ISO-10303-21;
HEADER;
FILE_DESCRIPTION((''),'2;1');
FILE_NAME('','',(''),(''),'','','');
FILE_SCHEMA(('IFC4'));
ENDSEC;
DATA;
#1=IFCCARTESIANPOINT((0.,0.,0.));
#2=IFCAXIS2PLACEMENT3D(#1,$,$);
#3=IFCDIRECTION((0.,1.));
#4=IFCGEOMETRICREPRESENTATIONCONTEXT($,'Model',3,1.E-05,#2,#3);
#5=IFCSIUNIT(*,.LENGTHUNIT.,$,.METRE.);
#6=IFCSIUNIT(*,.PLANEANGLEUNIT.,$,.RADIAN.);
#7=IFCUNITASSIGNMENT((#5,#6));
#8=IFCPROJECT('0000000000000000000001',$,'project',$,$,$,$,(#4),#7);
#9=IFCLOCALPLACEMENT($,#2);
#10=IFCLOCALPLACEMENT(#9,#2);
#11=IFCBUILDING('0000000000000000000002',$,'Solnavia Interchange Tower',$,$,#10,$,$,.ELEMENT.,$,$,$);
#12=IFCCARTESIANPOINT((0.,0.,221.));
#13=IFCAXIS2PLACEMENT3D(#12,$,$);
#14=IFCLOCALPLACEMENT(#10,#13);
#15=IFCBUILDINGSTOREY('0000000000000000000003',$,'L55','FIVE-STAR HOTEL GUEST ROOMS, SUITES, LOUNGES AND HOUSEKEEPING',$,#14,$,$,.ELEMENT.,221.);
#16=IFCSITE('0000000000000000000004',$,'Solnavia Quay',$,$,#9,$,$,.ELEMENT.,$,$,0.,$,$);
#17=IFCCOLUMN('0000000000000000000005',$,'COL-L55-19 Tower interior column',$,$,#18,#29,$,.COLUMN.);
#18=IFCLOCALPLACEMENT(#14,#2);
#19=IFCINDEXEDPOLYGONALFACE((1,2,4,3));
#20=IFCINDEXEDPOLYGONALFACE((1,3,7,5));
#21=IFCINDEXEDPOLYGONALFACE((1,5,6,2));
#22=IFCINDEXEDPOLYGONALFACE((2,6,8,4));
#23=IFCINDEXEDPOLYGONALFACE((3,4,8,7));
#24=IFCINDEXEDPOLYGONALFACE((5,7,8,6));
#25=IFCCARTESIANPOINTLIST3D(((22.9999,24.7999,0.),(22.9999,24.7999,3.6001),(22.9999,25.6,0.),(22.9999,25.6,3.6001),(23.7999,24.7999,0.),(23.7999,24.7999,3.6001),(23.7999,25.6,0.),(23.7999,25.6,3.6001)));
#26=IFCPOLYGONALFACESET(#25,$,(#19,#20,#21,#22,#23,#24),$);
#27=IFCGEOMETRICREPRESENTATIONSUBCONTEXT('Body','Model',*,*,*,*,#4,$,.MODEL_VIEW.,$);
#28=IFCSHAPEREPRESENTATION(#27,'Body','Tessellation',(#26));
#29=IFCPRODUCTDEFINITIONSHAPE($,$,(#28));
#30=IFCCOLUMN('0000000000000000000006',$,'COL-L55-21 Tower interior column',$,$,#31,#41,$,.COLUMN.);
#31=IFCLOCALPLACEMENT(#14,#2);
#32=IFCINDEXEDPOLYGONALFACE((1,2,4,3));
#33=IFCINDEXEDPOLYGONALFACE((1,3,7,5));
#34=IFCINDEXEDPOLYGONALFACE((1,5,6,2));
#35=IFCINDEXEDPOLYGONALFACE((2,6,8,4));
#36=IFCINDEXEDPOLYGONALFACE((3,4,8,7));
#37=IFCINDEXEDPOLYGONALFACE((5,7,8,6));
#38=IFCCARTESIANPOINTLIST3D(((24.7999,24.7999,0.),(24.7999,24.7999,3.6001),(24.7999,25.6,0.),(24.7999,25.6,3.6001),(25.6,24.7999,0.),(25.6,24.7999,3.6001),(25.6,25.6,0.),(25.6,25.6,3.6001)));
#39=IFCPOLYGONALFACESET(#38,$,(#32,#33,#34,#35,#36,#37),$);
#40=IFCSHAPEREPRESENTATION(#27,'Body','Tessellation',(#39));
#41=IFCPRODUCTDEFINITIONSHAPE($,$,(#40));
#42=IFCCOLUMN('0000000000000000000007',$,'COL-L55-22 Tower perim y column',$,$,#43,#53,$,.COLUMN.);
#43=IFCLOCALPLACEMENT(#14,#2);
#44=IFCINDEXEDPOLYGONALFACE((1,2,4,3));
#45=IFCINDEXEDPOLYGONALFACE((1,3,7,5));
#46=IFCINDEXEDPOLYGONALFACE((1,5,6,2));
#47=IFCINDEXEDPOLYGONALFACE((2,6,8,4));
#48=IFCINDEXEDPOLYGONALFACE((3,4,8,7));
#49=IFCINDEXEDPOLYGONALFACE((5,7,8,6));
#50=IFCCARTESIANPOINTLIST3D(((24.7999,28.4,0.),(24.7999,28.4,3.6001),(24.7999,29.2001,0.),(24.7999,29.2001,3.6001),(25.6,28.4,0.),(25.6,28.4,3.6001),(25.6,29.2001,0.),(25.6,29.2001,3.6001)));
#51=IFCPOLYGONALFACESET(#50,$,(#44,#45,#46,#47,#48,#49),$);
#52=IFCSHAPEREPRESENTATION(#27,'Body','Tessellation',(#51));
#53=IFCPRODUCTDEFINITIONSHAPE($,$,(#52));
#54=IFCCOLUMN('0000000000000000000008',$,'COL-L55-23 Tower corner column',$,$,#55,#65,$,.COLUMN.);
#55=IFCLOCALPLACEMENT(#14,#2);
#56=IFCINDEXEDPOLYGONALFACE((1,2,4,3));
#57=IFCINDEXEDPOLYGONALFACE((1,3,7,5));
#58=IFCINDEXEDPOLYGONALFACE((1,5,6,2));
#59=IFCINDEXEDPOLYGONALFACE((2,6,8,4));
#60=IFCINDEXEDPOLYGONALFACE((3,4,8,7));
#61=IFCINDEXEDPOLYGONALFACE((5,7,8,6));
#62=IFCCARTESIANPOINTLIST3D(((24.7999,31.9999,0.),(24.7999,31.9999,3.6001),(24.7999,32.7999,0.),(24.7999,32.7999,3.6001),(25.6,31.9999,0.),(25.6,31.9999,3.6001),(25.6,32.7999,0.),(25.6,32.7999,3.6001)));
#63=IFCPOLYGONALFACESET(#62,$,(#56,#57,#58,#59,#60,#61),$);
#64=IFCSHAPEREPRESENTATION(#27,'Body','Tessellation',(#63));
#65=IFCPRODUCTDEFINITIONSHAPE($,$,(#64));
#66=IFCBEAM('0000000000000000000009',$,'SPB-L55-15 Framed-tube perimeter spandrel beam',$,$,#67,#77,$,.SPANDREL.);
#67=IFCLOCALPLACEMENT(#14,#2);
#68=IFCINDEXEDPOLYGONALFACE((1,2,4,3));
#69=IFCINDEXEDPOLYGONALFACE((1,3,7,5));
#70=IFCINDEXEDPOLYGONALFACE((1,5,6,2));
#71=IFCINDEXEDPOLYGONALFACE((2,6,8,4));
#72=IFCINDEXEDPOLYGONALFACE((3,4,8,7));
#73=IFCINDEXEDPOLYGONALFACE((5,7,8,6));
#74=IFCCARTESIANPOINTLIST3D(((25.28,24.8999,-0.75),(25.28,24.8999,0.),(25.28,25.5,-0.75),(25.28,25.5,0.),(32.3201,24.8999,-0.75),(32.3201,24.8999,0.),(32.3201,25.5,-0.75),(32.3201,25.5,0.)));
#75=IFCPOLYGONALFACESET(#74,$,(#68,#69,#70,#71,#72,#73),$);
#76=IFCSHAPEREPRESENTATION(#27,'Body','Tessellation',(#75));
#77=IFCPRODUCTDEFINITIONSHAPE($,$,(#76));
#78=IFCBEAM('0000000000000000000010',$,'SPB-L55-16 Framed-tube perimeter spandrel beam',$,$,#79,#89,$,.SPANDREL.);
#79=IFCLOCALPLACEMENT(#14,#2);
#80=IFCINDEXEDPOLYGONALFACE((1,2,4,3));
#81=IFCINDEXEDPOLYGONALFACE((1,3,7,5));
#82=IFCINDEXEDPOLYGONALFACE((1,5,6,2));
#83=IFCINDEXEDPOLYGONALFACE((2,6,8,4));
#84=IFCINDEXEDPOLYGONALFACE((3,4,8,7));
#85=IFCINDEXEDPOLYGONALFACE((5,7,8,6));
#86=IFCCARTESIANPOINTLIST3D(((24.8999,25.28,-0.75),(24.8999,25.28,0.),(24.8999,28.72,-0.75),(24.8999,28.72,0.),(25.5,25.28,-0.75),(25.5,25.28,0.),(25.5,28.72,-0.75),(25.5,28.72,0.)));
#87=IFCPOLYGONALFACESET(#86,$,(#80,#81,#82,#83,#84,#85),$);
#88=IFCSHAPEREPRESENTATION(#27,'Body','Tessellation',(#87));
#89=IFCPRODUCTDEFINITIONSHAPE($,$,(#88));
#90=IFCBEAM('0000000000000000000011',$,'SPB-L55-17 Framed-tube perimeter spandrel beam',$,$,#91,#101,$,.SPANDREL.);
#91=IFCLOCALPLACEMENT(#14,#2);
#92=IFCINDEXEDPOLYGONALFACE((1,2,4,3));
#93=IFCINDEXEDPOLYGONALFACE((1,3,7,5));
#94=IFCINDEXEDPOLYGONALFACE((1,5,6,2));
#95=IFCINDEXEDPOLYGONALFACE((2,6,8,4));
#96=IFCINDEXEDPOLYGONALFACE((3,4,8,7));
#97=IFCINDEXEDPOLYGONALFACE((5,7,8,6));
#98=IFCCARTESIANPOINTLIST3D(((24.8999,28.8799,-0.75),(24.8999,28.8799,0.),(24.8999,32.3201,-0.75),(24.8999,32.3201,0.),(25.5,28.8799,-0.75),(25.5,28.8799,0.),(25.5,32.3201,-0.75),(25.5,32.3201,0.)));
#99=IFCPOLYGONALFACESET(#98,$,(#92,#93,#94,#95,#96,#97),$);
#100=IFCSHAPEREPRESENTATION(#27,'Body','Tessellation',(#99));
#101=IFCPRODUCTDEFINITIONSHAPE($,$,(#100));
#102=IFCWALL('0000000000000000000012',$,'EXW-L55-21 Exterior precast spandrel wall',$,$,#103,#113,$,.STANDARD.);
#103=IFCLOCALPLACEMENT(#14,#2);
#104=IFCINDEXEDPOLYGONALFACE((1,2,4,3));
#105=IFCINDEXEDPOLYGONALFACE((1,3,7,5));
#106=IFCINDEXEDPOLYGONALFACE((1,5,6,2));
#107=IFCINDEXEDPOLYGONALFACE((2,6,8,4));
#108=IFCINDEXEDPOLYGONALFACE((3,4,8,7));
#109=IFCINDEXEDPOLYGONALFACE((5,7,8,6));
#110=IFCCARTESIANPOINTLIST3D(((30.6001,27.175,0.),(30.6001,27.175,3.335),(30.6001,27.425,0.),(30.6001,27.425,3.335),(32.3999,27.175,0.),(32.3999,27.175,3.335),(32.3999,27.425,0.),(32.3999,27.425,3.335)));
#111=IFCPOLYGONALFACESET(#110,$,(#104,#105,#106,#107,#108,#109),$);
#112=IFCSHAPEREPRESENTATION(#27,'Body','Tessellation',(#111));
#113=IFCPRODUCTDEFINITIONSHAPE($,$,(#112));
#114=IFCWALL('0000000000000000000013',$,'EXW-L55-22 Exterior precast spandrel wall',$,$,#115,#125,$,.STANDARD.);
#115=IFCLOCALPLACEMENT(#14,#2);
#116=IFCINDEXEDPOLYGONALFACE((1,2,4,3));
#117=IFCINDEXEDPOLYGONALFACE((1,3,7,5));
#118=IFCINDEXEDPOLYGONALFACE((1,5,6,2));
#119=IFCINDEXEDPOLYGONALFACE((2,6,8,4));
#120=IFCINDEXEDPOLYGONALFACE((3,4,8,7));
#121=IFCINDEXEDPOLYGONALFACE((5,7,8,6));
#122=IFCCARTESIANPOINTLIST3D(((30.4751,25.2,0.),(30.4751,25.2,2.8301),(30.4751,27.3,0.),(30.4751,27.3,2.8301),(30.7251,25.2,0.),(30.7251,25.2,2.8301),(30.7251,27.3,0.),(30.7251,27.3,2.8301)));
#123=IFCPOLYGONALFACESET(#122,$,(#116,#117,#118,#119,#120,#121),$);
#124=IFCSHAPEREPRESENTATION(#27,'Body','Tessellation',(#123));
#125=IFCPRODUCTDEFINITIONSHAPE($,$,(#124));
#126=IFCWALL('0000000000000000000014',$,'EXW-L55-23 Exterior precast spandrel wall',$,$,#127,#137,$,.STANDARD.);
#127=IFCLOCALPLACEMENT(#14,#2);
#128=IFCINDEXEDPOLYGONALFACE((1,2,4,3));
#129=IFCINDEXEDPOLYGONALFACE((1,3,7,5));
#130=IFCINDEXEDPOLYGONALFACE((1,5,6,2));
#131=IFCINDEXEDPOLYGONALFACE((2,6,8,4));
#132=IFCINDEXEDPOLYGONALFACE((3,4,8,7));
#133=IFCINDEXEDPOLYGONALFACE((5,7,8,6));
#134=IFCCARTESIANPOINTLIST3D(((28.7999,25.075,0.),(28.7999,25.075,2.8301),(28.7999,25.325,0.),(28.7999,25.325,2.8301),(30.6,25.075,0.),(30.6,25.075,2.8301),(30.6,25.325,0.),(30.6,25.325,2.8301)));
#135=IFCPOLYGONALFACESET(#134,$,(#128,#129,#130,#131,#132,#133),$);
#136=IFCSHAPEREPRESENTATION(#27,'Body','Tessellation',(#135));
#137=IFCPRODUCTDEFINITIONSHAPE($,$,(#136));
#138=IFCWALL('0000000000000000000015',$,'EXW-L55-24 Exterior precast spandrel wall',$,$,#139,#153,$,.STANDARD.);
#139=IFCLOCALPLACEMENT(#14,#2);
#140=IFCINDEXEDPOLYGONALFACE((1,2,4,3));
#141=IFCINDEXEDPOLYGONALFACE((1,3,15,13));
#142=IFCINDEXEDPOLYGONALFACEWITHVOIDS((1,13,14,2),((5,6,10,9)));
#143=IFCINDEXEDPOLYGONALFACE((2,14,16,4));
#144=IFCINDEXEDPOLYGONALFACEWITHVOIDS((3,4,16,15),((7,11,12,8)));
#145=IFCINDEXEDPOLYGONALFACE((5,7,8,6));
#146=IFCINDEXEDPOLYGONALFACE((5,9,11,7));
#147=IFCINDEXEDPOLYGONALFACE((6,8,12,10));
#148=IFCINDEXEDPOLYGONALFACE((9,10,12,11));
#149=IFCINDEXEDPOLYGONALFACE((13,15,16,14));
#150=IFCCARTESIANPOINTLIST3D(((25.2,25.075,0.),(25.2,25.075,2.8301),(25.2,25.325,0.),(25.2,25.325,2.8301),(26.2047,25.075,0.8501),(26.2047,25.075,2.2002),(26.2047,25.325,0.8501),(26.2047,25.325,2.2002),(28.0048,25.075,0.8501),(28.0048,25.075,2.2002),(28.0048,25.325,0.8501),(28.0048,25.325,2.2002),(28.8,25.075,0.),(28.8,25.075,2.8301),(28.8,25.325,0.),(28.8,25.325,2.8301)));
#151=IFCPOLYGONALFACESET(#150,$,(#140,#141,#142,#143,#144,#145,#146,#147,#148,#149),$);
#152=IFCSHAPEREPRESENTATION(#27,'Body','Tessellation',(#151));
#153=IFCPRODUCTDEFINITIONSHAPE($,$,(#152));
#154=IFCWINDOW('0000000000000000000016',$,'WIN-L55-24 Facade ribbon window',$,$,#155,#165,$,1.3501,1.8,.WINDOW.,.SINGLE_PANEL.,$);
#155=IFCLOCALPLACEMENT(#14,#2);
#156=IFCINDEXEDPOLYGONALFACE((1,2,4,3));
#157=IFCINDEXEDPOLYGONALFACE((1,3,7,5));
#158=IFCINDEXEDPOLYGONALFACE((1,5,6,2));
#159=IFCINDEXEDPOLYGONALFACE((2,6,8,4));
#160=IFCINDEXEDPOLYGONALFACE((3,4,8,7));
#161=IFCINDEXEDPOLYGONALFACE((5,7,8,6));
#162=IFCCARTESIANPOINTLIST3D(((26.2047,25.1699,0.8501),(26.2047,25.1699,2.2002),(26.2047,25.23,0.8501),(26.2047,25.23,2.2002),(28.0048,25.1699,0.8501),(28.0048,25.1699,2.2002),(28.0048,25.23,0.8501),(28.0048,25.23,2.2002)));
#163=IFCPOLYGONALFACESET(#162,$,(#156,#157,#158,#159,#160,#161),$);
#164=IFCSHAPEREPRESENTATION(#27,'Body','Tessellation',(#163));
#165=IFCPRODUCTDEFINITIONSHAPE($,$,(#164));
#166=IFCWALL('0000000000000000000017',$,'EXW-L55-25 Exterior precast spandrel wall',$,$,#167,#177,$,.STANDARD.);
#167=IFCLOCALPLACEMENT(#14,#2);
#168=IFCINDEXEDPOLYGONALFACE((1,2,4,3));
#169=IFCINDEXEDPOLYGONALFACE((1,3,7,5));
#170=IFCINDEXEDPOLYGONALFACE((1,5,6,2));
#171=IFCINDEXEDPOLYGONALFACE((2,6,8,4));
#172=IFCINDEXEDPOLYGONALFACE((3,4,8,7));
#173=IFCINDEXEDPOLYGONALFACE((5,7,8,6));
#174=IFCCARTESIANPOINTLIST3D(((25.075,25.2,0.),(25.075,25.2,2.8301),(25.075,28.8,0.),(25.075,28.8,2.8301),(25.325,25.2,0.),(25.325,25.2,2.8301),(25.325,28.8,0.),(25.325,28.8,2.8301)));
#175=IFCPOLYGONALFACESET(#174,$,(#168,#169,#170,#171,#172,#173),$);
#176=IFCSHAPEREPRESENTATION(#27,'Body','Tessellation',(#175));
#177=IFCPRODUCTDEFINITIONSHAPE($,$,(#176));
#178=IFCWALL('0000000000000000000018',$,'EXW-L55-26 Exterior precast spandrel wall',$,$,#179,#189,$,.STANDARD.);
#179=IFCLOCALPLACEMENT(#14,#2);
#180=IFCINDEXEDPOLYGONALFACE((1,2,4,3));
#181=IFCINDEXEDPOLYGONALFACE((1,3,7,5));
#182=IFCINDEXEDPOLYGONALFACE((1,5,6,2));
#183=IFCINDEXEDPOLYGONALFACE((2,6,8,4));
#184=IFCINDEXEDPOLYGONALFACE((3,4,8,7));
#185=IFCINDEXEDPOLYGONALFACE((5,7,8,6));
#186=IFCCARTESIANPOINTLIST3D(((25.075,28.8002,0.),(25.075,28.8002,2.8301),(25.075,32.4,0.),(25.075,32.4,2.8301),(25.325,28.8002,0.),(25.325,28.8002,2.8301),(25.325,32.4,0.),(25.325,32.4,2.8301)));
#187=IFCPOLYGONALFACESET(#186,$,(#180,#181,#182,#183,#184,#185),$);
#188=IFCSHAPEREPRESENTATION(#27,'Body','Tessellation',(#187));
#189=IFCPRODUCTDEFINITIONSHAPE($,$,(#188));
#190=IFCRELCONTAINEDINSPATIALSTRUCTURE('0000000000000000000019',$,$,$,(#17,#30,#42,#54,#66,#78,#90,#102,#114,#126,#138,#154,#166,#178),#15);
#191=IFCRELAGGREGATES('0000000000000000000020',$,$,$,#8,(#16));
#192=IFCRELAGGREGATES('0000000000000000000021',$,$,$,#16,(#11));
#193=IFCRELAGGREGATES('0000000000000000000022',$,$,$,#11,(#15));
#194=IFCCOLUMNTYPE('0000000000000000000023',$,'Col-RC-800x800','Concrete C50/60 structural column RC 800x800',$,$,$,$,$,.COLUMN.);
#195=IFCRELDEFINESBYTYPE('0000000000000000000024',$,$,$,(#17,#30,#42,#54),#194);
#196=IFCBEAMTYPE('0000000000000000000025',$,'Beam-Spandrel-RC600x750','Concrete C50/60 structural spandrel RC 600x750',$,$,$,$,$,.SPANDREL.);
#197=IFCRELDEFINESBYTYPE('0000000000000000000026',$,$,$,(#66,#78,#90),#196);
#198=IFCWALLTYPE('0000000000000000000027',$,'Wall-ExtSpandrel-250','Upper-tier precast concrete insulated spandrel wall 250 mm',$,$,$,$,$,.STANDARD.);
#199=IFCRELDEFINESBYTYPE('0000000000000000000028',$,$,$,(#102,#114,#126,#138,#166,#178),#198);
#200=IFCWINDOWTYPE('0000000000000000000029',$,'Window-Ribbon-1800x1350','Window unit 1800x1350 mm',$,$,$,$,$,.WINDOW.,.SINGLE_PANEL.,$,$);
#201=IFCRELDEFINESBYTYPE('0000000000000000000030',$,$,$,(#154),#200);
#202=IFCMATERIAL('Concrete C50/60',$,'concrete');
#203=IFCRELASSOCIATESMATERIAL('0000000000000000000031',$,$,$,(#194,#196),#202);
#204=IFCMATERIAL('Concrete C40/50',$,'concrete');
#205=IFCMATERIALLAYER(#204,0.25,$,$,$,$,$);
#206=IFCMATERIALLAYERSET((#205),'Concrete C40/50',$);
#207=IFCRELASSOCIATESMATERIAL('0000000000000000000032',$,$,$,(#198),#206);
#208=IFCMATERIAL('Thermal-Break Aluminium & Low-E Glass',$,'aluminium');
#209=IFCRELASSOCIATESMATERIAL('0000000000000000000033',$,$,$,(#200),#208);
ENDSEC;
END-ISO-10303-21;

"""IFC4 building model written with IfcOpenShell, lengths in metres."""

from ifc_helpers import new_model, si_unit, direction, frame, frame_2d, origin, origin_2d, place, context, subcontext, project, spatial, rectangle, extrude, material, layer, layer_set, material_profile, profile_set, type_object, element, fill, save


model = new_model("IFC4")

# Units and contexts
model_context = context("Model", 3, precision=1e-05, world=origin(), true_north=direction((0.0, 1.0)))
body_context = subcontext(model_context, "Body", "Model", "MODEL_VIEW")
ifc_project = project(units=[si_unit("LENGTHUNIT", "METRE"), si_unit("PLANEANGLEUNIT", "RADIAN")], contexts=[model_context])

# Site, building, storey
site_placement = place(None, origin())
site = spatial("IfcSite", under=ifc_project, at=site_placement, Name="Solnavia Quay", CompositionType="ELEMENT", RefElevation=0.0)
building_placement = place(site_placement, origin())
building = spatial("IfcBuilding", under=site, at=building_placement, Name="Solnavia Interchange Tower", CompositionType="ELEMENT")
storey_placement = place(building_placement, frame((0.0, 0.0, 221.0)))
storey = spatial("IfcBuildingStorey", under=building, at=storey_placement, Name="L55", Description="FIVE-STAR HOTEL GUEST ROOMS, SUITES, LOUNGES AND HOUSEKEEPING", CompositionType="ELEMENT", Elevation=221.0)

# Columns
ifc_material_1 = material(Name="Concrete C50/60", Category="concrete")
ifc_material_profile_1 = material_profile(ifc_material_1, rectangle(XDim=0.8, YDim=0.8, at=origin_2d()), Name="RC 800x800")
ifc_profile_set_1 = profile_set([ifc_material_profile_1], Name="Concrete C50/60")
column_type = type_object("IfcColumnType", Name="Col-RC-800x800", Description="Concrete C50/60 structural column RC 800x800", PredefinedType="COLUMN", material=ifc_profile_set_1)
for number, where, z_axis, x_axis, name in (
    (1, (23.3999, 25.2, 0.0), (0.0, 0.0, 1.0), (1.0, 0.0, 0.0), "COL-L55-19 Tower interior column"),
    (2, (25.2, 25.2, 0.0), (0.0, 0.0, 1.0), (1.0, 0.0, 0.0), "COL-L55-21 Tower interior column"),
    (3, (25.2, 28.8, 0.0), (0.0, 0.0, 1.0), (0.0, 1.0, 0.0), "COL-L55-22 Tower perim y column"),
    (4, (25.2, 32.3999, 0.0), (0.0, 0.0, 1.0), (0.0, 1.0, 0.0), "COL-L55-23 Tower corner column"),
):
    element("IfcColumn", number, at=place(storey_placement, frame(where, z_axis=z_axis, x_axis=x_axis)), inside=storey, type_object=column_type, Name=name, PredefinedType="COLUMN", context=body_context, shape_type="SweptSolid", body=[
        extrude(rectangle(XDim=0.8, YDim=0.8, at=origin_2d()), origin(), (0.0, 0.0, 1.0), 3.6001),
    ])

# Beams
ifc_material_profile_2 = material_profile(ifc_material_1, rectangle(XDim=0.6001, YDim=0.75, at=origin_2d()), Name="RC 600x750")
ifc_profile_set_2 = profile_set([ifc_material_profile_2], Name="Concrete C50/60")
beam_type = type_object("IfcBeamType", Name="Beam-Spandrel-RC600x750", Description="Concrete C50/60 structural spandrel RC 600x750", PredefinedType="SPANDREL", material=ifc_profile_set_2)
beam_1_placement = place(storey_placement, frame((32.3201, 25.2, -0.375), z_axis=(-1.0, 0.0, 0.0), x_axis=(0.0, -1.0, 0.0)))
element("IfcBeam", 5, at=beam_1_placement, inside=storey, type_object=beam_type, Name="SPB-L55-15 Framed-tube perimeter spandrel beam", PredefinedType="SPANDREL", context=body_context, shape_type="SweptSolid", body=[
    extrude(rectangle(XDim=0.6001, YDim=0.75, at=origin_2d()), origin(), (0.0, 0.0, 1.0), 7.04),
])
beam_2_placement = place(storey_placement, frame((25.2, 25.28, -0.375), z_axis=(0.0, 1.0, 0.0), x_axis=(-1.0, 0.0, 0.0)))
element("IfcBeam", 6, at=beam_2_placement, inside=storey, type_object=beam_type, Name="SPB-L55-16 Framed-tube perimeter spandrel beam", PredefinedType="SPANDREL", context=body_context, shape_type="SweptSolid", body=[
    extrude(rectangle(XDim=0.6001, YDim=0.75, at=origin_2d()), origin(), (0.0, 0.0, 1.0), 3.4399),
])
beam_3_placement = place(storey_placement, frame((25.2, 28.8799, -0.375), z_axis=(0.0, 1.0, 0.0), x_axis=(-1.0, 0.0, 0.0)))
element("IfcBeam", 7, at=beam_3_placement, inside=storey, type_object=beam_type, Name="SPB-L55-17 Framed-tube perimeter spandrel beam", PredefinedType="SPANDREL", context=body_context, shape_type="SweptSolid", body=[
    extrude(rectangle(XDim=0.6001, YDim=0.75, at=origin_2d()), origin(), (0.0, 0.0, 1.0), 3.4402),
])

# Walls
ifc_material_2 = material(Name="Concrete C40/50", Category="concrete")
ifc_layer = layer(ifc_material_2, 0.25)
ifc_layer_set = layer_set([ifc_layer], Name="Concrete C40/50")
wall_type = type_object("IfcWallType", Name="Wall-ExtSpandrel-250", Description="Upper-tier precast concrete insulated spandrel wall 250 mm", PredefinedType="STANDARD", material=ifc_layer_set)
wall_1_placement = place(storey_placement, frame((30.6001, 27.3, 0.0), z_axis=(0.0, 0.0, 1.0), x_axis=(1.0, 0.0, 0.0)))
element("IfcWall", 8, at=wall_1_placement, inside=storey, type_object=wall_type, Name="EXW-L55-21 Exterior precast spandrel wall", PredefinedType="STANDARD", context=body_context, shape_type="SweptSolid", body=[
    extrude(rectangle(XDim=1.7998, YDim=0.25, at=frame_2d((0.8999, 0.0))), origin(), (0.0, 0.0, 1.0), 3.335),
])
wall_2_placement = place(storey_placement, frame((30.6001, 27.3, 0.0), z_axis=(0.0, 0.0, 1.0), x_axis=(0.0, -1.0, 0.0)))
element("IfcWall", 9, at=wall_2_placement, inside=storey, type_object=wall_type, Name="EXW-L55-22 Exterior precast spandrel wall", PredefinedType="STANDARD", context=body_context, shape_type="SweptSolid", body=[
    extrude(rectangle(XDim=2.1001, YDim=0.25, at=frame_2d((1.05, 0.0))), origin(), (0.0, 0.0, 1.0), 2.8301),
])
wall_3_placement = place(storey_placement, frame((28.8, 25.2, 0.0), z_axis=(0.0, 0.0, 1.0), x_axis=(1.0, 0.0, 0.0)))
element("IfcWall", 10, at=wall_3_placement, inside=storey, type_object=wall_type, Name="EXW-L55-23 Exterior precast spandrel wall", PredefinedType="STANDARD", context=body_context, shape_type="SweptSolid", body=[
    extrude(rectangle(XDim=1.8, YDim=0.25, at=frame_2d((0.8999, 0.0))), origin(), (0.0, 0.0, 1.0), 2.8301),
])

# Wall, opening, window
wall_4_placement = place(storey_placement, frame((25.2, 25.2, 0.0), z_axis=(0.0, 0.0, 1.0), x_axis=(1.0, 0.0, 0.0)))
wall_4 = element("IfcWall", 11, at=wall_4_placement, inside=storey, type_object=wall_type, Name="EXW-L55-24 Exterior precast spandrel wall", PredefinedType="STANDARD", context=body_context, shape_type="SweptSolid", body=[
    extrude(rectangle(XDim=3.6001, YDim=0.25, at=frame_2d((1.8, 0.0))), origin(), (0.0, 0.0, 1.0), 2.8301),
])
opening_placement = place(wall_4_placement, frame((1.0049, 0.0, 0.8501)))
opening = element("IfcOpeningElement", 12, at=opening_placement, cuts=wall_4, PredefinedType="OPENING", context=body_context, shape_type="SweptSolid", body=[
    extrude(rectangle(XDim=1.8, YDim=1.3501, at=frame_2d((0.8999, 0.675))), frame((0.0, 0.135, 0.0), z_axis=(0.0, -1.0, 0.0), x_axis=(1.0, 0.0, 0.0)), (0.0, 0.0, 1.0), 0.27),
])
ifc_material_3 = material(Name="Thermal-Break Aluminium & Low-E Glass", Category="aluminium")
window_type = type_object("IfcWindowType", Name="Window-Ribbon-1800x1350", Description="Window unit 1800x1350 mm", PartitioningType="SINGLE_PANEL", PredefinedType="WINDOW", material=ifc_material_3)
window_placement = place(opening_placement, origin())
window = element("IfcWindow", 13, at=window_placement, inside=storey, type_object=window_type, Name="WIN-L55-24 Facade ribbon window", OverallHeight=1.3501, OverallWidth=1.8, PartitioningType="SINGLE_PANEL", PredefinedType="WINDOW", context=body_context, shape_type="SweptSolid", body=[
    extrude(rectangle(XDim=1.8, YDim=1.3501, at=frame_2d((0.8999, 0.675))), frame((0.0, 0.03, 0.0), z_axis=(0.0, -1.0, 0.0), x_axis=(1.0, 0.0, 0.0)), (0.0, 0.0, 1.0), 0.0601),
])
fill(opening, window)

# Walls
wall_5_placement = place(storey_placement, frame((25.2, 28.8, 0.0), z_axis=(0.0, 0.0, 1.0), x_axis=(0.0, -1.0, 0.0)))
element("IfcWall", 14, at=wall_5_placement, inside=storey, type_object=wall_type, Name="EXW-L55-25 Exterior precast spandrel wall", PredefinedType="STANDARD", context=body_context, shape_type="SweptSolid", body=[
    extrude(rectangle(XDim=3.6001, YDim=0.25, at=frame_2d((1.8, 0.0))), origin(), (0.0, 0.0, 1.0), 2.8301),
])
wall_6_placement = place(storey_placement, frame((25.2, 32.3999, 0.0), z_axis=(0.0, 0.0, 1.0), x_axis=(0.0, -1.0, 0.0)))
element("IfcWall", 15, at=wall_6_placement, inside=storey, type_object=wall_type, Name="EXW-L55-26 Exterior precast spandrel wall", PredefinedType="STANDARD", context=body_context, shape_type="SweptSolid", body=[
    extrude(rectangle(XDim=3.5999, YDim=0.25, at=frame_2d((1.7998, 0.0))), origin(), (0.0, 0.0, 1.0), 2.8301),
])

save(model, "model.ifc")
